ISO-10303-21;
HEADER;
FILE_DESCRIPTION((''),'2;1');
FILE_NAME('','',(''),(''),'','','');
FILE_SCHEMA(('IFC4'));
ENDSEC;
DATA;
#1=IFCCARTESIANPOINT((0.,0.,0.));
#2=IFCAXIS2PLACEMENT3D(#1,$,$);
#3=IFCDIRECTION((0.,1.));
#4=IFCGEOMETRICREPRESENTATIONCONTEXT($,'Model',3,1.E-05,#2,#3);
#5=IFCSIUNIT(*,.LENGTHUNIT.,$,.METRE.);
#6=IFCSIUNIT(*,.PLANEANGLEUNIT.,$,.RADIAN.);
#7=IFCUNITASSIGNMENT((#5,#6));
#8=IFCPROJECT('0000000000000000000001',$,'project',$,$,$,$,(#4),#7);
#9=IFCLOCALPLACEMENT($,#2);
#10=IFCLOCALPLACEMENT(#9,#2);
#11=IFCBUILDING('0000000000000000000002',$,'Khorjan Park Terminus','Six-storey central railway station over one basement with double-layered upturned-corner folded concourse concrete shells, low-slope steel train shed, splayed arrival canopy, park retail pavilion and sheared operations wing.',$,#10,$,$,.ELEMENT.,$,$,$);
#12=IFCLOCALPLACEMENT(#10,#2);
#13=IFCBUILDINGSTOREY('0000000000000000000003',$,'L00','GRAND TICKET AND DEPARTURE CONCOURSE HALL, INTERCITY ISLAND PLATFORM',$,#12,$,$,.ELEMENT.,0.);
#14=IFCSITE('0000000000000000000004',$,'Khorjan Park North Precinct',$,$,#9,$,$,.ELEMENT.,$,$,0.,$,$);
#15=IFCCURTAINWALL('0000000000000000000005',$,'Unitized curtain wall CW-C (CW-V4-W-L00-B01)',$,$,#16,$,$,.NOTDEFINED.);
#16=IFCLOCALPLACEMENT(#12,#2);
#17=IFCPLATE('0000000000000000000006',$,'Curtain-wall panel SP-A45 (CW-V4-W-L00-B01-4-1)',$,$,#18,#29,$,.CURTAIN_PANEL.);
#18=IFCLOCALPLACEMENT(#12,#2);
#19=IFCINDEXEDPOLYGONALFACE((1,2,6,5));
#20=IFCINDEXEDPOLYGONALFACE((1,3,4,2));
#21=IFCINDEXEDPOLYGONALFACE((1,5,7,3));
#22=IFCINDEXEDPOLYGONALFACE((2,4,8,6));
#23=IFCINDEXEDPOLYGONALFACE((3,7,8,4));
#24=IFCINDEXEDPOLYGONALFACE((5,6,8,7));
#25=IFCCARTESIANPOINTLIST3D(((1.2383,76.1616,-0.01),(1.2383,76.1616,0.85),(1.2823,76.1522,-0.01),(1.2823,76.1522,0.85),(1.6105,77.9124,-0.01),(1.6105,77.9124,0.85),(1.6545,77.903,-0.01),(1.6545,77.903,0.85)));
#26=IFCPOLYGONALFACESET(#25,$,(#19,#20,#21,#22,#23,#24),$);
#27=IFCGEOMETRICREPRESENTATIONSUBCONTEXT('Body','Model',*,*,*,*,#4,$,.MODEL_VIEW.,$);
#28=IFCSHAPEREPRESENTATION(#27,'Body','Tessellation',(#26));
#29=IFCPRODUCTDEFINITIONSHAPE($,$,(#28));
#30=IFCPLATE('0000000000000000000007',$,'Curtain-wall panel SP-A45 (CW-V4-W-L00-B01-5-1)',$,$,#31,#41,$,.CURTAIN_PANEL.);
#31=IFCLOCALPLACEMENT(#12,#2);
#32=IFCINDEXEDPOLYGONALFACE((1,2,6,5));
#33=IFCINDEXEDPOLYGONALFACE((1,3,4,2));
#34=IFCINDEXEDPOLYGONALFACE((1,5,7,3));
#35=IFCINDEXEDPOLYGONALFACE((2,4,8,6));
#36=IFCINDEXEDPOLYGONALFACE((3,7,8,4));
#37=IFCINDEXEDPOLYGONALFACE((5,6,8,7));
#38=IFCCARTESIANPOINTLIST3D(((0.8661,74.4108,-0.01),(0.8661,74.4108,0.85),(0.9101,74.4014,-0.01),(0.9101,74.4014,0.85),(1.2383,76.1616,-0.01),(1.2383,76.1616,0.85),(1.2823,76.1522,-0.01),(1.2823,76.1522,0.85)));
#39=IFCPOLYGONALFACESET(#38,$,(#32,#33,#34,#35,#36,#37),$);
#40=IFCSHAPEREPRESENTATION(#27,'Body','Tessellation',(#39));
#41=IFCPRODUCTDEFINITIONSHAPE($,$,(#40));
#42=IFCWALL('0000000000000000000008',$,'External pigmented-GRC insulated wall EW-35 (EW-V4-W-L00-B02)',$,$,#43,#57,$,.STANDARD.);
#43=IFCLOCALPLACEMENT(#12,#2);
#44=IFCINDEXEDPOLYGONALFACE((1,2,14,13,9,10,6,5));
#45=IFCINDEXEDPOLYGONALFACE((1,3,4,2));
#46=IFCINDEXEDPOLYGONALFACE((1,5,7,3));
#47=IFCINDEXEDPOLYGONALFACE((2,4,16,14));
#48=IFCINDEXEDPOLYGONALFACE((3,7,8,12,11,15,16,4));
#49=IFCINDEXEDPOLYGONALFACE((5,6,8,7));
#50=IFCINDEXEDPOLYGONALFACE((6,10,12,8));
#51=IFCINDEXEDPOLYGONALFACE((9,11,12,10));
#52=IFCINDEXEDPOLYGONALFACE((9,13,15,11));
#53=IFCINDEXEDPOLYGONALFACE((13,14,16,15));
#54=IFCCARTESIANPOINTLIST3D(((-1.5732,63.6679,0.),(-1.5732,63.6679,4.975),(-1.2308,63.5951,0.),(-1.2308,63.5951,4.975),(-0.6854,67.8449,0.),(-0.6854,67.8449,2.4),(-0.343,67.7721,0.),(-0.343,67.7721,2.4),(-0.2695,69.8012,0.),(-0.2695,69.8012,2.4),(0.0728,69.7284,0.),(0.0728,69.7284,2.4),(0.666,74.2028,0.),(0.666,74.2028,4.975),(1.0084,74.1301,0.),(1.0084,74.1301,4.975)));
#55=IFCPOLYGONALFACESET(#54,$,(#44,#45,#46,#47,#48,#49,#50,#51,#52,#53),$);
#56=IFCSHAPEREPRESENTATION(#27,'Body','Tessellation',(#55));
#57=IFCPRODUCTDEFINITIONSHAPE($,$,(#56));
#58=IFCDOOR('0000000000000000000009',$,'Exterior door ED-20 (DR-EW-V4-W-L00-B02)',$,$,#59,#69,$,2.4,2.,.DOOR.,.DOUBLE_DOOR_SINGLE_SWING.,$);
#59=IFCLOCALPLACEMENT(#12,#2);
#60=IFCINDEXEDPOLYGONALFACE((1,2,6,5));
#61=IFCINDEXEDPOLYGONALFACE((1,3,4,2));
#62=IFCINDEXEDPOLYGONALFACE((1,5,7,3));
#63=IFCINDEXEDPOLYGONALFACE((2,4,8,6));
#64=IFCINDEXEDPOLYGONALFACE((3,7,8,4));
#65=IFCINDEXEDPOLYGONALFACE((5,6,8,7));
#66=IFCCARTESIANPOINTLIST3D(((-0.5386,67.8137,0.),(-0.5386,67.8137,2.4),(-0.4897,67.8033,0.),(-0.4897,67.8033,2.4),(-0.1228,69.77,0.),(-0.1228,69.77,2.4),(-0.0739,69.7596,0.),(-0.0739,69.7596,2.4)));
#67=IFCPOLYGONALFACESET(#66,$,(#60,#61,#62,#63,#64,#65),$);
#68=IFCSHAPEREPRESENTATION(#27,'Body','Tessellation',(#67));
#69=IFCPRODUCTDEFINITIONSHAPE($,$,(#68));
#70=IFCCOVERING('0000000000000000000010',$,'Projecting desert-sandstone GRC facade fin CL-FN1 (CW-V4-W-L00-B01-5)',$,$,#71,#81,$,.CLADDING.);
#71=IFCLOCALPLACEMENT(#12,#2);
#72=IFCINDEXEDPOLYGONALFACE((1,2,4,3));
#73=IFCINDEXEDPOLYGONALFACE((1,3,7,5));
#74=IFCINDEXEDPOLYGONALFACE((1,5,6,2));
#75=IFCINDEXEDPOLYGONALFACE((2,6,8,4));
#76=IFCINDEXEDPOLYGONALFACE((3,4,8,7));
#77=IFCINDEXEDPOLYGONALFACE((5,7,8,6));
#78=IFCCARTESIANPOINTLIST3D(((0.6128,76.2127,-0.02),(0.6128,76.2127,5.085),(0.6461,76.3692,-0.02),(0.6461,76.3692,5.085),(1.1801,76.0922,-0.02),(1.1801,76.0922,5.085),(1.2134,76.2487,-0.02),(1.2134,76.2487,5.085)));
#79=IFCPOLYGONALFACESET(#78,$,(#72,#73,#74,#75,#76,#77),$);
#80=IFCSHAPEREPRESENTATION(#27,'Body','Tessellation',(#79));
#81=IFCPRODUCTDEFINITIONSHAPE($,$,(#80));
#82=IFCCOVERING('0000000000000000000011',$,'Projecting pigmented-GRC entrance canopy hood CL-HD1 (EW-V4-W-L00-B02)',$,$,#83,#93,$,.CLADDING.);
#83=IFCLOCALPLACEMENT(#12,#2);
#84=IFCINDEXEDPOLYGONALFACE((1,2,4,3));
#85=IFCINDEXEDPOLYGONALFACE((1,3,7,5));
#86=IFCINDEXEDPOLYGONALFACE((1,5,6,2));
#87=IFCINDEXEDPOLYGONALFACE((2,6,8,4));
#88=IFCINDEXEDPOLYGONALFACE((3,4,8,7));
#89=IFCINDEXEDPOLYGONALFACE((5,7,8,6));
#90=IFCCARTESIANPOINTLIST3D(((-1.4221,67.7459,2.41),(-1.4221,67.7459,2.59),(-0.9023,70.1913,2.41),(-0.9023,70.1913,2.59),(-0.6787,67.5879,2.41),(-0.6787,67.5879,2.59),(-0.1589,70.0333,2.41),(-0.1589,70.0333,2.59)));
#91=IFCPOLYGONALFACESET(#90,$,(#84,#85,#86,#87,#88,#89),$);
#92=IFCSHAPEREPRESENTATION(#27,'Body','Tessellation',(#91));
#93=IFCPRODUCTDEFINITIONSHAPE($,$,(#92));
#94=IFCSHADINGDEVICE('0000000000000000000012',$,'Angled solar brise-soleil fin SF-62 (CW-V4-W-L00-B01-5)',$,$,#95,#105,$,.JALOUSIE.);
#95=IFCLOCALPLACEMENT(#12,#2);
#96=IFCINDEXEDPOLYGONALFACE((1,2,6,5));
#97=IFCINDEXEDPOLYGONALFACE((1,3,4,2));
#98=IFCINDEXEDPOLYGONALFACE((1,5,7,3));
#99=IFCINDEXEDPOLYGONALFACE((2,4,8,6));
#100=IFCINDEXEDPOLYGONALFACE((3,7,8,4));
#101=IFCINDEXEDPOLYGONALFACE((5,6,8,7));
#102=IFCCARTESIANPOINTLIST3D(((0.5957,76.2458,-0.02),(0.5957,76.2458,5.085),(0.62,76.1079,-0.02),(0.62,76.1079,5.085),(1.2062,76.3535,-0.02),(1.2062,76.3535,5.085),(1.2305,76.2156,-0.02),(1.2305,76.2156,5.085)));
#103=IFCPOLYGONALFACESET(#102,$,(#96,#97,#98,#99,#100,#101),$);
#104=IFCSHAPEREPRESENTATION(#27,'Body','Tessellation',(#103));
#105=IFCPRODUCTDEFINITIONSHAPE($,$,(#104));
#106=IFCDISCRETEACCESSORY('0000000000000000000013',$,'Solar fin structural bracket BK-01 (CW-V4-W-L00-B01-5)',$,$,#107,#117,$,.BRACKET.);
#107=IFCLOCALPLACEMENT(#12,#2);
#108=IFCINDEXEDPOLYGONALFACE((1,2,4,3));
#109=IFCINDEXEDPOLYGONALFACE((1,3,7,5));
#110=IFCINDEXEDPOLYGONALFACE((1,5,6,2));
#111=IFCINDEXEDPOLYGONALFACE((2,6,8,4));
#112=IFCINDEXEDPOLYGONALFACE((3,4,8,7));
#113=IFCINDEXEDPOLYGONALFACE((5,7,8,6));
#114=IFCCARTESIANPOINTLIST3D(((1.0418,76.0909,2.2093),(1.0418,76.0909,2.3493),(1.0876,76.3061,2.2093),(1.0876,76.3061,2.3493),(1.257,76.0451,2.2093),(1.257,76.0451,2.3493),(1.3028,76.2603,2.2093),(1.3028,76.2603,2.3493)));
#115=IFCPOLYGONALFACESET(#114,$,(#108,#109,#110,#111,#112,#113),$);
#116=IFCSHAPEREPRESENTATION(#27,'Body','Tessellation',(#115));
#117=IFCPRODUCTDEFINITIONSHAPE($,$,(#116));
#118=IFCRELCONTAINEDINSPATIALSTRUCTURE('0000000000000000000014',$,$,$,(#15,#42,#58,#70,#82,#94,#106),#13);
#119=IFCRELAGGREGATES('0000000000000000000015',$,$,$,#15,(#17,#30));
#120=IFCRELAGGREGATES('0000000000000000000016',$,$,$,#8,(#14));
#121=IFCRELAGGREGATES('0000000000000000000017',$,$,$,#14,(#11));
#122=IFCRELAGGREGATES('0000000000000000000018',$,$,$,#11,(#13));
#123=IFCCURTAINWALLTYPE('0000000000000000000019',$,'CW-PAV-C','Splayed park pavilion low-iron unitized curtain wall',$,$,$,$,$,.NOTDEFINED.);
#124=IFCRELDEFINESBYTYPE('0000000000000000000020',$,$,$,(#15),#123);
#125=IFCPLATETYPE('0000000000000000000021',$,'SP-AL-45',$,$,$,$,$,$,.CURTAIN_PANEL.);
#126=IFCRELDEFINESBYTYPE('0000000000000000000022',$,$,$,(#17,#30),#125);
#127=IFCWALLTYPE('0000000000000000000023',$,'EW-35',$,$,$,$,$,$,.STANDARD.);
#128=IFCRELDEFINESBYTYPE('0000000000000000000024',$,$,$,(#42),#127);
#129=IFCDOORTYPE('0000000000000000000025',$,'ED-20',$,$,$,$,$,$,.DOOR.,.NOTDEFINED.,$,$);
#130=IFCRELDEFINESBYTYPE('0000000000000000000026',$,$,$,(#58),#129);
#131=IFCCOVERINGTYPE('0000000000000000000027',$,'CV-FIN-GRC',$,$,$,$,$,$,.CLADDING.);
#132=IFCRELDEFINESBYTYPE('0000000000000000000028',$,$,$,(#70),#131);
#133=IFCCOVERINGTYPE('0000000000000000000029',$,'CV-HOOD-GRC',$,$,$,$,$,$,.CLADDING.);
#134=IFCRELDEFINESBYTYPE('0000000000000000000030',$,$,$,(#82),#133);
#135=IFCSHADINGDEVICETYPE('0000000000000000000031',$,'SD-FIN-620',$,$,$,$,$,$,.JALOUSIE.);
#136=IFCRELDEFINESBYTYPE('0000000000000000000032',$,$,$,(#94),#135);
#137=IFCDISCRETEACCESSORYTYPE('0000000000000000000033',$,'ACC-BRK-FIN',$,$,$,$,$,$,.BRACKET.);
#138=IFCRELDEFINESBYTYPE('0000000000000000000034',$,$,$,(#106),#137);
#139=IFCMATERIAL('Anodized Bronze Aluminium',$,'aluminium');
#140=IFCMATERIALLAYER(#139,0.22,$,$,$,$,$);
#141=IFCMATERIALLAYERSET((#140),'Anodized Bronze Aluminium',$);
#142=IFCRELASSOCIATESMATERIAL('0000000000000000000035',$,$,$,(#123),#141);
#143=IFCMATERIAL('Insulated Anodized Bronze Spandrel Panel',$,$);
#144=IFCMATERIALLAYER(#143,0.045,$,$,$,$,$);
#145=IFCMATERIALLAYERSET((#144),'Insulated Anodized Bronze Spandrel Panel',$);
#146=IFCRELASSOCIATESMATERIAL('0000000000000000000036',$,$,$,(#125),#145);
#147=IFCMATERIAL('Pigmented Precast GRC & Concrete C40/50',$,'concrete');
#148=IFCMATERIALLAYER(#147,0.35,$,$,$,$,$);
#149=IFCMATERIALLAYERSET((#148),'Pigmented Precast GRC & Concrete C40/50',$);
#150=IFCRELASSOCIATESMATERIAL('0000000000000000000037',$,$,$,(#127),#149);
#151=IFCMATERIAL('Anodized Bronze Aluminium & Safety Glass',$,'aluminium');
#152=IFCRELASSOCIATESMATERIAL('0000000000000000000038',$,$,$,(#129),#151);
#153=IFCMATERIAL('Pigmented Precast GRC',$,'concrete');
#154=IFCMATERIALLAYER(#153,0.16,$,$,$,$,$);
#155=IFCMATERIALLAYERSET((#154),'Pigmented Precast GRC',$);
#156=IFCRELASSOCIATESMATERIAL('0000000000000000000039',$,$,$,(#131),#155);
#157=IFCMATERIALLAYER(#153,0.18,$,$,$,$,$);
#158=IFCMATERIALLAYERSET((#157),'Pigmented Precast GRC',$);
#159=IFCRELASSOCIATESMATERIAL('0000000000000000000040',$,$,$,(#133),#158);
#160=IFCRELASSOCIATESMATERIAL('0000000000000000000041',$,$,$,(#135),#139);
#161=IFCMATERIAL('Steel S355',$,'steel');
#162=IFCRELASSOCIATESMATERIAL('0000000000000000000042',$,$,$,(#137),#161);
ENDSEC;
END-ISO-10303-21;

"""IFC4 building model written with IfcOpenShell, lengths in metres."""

from ifc_helpers import new_model, si_unit, direction, frame, frame_2d, origin, origin_2d, place, context, subcontext, project, spatial, rectangle, extrude, material, layer, layer_set, type_object, element, fill, aggregate, save


model = new_model("IFC4")

# Units and contexts
model_context = context("Model", 3, precision=1e-05, world=origin(), true_north=direction((0.0, 1.0)))
body_context = subcontext(model_context, "Body", "Model", "MODEL_VIEW")
ifc_project = project(units=[si_unit("LENGTHUNIT", "METRE"), si_unit("PLANEANGLEUNIT", "RADIAN")], contexts=[model_context])

# Site, building, storey
site_placement = place(None, origin())
site = spatial("IfcSite", under=ifc_project, at=site_placement, Name="Khorjan Park North Precinct", CompositionType="ELEMENT", RefElevation=0.0)
building_placement = place(site_placement, origin())
building = spatial("IfcBuilding", under=site, at=building_placement, Name="Khorjan Park Terminus", Description="Six-storey central railway station over one basement with double-layered upturned-corner folded concourse concrete shells, low-slope steel train shed, splayed arrival canopy, park retail pavilion and sheared operations wing.", CompositionType="ELEMENT")
storey_placement = place(building_placement, origin())
storey = spatial("IfcBuildingStorey", under=building, at=storey_placement, Name="L00", Description="GRAND TICKET AND DEPARTURE CONCOURSE HALL, INTERCITY ISLAND PLATFORM", CompositionType="ELEMENT", Elevation=0.0)

# Shared definitions
ifc_material_1 = material(Name="Steel S355", Category="steel")

# Curtain wall, plates
ifc_material_2 = material(Name="Anodized Bronze Aluminium", Category="aluminium")
ifc_layer_1 = layer(ifc_material_2, 0.22)
ifc_layer_set_1 = layer_set([ifc_layer_1], Name="Anodized Bronze Aluminium")
curtain_wall_type = type_object("IfcCurtainWallType", Name="CW-PAV-C", Description="Splayed park pavilion low-iron unitized curtain wall", PredefinedType="NOTDEFINED", material=ifc_layer_set_1)
curtain_wall_placement = place(storey_placement, origin())
curtain_wall = element("IfcCurtainWall", 1, at=curtain_wall_placement, inside=storey, type_object=curtain_wall_type, Name="Unitized curtain wall CW-C (CW-V4-W-L00-B01)", PredefinedType="NOTDEFINED")
ifc_material_3 = material(Name="Insulated Anodized Bronze Spandrel Panel")
ifc_layer_2 = layer(ifc_material_3, 0.045)
ifc_layer_set_2 = layer_set([ifc_layer_2], Name="Insulated Anodized Bronze Spandrel Panel")
plate_type_1 = type_object("IfcPlateType", Name="SP-AL-45", PredefinedType="CURTAIN_PANEL", material=ifc_layer_set_2)
plate_1_placement = place(storey_placement, frame((1.4464, 77.0323, -0.01), z_axis=(0.0, 0.0, 1.0), x_axis=(-0.207917, -0.978147, 0.0)))
plate_1 = element("IfcPlate", 2, at=plate_1_placement, type_object=plate_type_1, Name="Curtain-wall panel SP-A45 (CW-V4-W-L00-B01-4-1)", PredefinedType="CURTAIN_PANEL", context=body_context, shape_type="SweptSolid", body=[
    extrude(rectangle(XDim=1.7899, YDim=0.045, at=origin_2d()), origin(), (0.0, 0.0, 1.0), 0.86),
])
plate_2_placement = place(storey_placement, frame((1.0742, 75.2815, -0.01), z_axis=(0.0, 0.0, 1.0), x_axis=(-0.207917, -0.978147, 0.0)))
plate_2 = element("IfcPlate", 3, at=plate_2_placement, type_object=plate_type_1, Name="Curtain-wall panel SP-A45 (CW-V4-W-L00-B01-5-1)", PredefinedType="CURTAIN_PANEL", context=body_context, shape_type="SweptSolid", body=[
    extrude(rectangle(XDim=1.7899, YDim=0.045, at=origin_2d()), origin(), (0.0, 0.0, 1.0), 0.86),
])
aggregate(curtain_wall, [plate_1, plate_2])

# Wall, opening, door
ifc_material_4 = material(Name="Pigmented Precast GRC & Concrete C40/50", Category="concrete")
ifc_layer_3 = layer(ifc_material_4, 0.35)
ifc_layer_set_3 = layer_set([ifc_layer_3], Name="Pigmented Precast GRC & Concrete C40/50")
wall_type = type_object("IfcWallType", Name="EW-35", PredefinedType="STANDARD", material=ifc_layer_set_3)
wall_placement = place(storey_placement, frame((0.8372, 74.1665, 0.0), z_axis=(0.0, 0.0, 1.0), x_axis=(-0.207904, -0.978149, 0.0)))
wall = element("IfcWall", 4, at=wall_placement, inside=storey, type_object=wall_type, Name="External pigmented-GRC insulated wall EW-35 (EW-V4-W-L00-B02)", PredefinedType="STANDARD", context=body_context, shape_type="SweptSolid", body=[
    extrude(rectangle(XDim=10.7703, YDim=0.35, at=frame_2d((5.3852, 0.0))), origin(), (0.0, 0.0, 1.0), 4.975),
])
opening_placement = place(wall_placement, frame((4.5, 0.0, 0.0)))
opening = element("IfcOpeningElement", 5, at=opening_placement, cuts=wall, PredefinedType="OPENING", context=body_context, shape_type="SweptSolid", body=[
    extrude(rectangle(XDim=2.0, YDim=2.4, at=frame_2d((1.0, 1.2))), frame((0.0, 0.185, 0.0), z_axis=(0.0, -1.0, 0.0), x_axis=(1.0, 0.0, 0.0)), (0.0, 0.0, 1.0), 0.37),
])
ifc_material_5 = material(Name="Anodized Bronze Aluminium & Safety Glass", Category="aluminium")
door_type = type_object("IfcDoorType", Name="ED-20", OperationType="NOTDEFINED", PredefinedType="DOOR", material=ifc_material_5)
door_placement = place(opening_placement, origin())
door = element("IfcDoor", 6, at=door_placement, inside=storey, type_object=door_type, Name="Exterior door ED-20 (DR-EW-V4-W-L00-B02)", OperationType="DOUBLE_DOOR_SINGLE_SWING", OverallHeight=2.4, OverallWidth=2.0, PredefinedType="DOOR", context=body_context, shape_type="SweptSolid", body=[
    extrude(rectangle(XDim=2.0, YDim=2.4, at=frame_2d((1.0, 1.2))), frame((0.0, 0.025, 0.0), z_axis=(0.0, -1.0, 0.0), x_axis=(1.0, 0.0, 0.0)), (0.0, 0.0, 1.0), 0.05),
])
fill(opening, door)

# Coverings
ifc_material_6 = material(Name="Pigmented Precast GRC", Category="concrete")
ifc_layer_4 = layer(ifc_material_6, 0.16)
ifc_layer_set_4 = layer_set([ifc_layer_4], Name="Pigmented Precast GRC")
covering_type_1 = type_object("IfcCoveringType", Name="CV-FIN-GRC", PredefinedType="CLADDING", material=ifc_layer_set_4)
covering_1_placement = place(storey_placement, frame((0.9131, 76.2307, -0.02), z_axis=(0.0, 0.0, 1.0), x_axis=(0.978148, -0.207912, 0.0)))
element("IfcCovering", 7, at=covering_1_placement, inside=storey, type_object=covering_type_1, Name="Projecting desert-sandstone GRC facade fin CL-FN1 (CW-V4-W-L00-B01-5)", PredefinedType="CLADDING", context=body_context, shape_type="SweptSolid", body=[
    extrude(rectangle(XDim=0.58, YDim=0.16, at=origin_2d()), origin(), (0.0, 0.0, 1.0), 5.105),
])
ifc_layer_5 = layer(ifc_material_6, 0.18)
ifc_layer_set_5 = layer_set([ifc_layer_5], Name="Pigmented Precast GRC")
covering_type_2 = type_object("IfcCoveringType", Name="CV-HOOD-GRC", PredefinedType="CLADDING", material=ifc_layer_set_5)
covering_2_placement = place(storey_placement, frame((-0.7905, 68.8896, 2.41), z_axis=(0.0, 0.0, 1.0), x_axis=(-0.207904, -0.978149, 0.0)))
element("IfcCovering", 8, at=covering_2_placement, inside=storey, type_object=covering_type_2, Name="Projecting pigmented-GRC entrance canopy hood CL-HD1 (EW-V4-W-L00-B02)", PredefinedType="CLADDING", context=body_context, shape_type="SweptSolid", body=[
    extrude(rectangle(XDim=2.5, YDim=0.76, at=origin_2d()), origin(), (0.0, 0.0, 1.0), 0.18),
])

# Shading device
shading_device_type = type_object("IfcShadingDeviceType", Name="SD-FIN-620", PredefinedType="JALOUSIE", material=ifc_material_2)
shading_device_placement = place(storey_placement, frame((0.9131, 76.2307, -0.02), z_axis=(0.0, 0.0, 1.0), x_axis=(0.984808, 0.173648, 0.0)))
element("IfcShadingDevice", 9, at=shading_device_placement, inside=storey, type_object=shading_device_type, Name="Angled solar brise-soleil fin SF-62 (CW-V4-W-L00-B01-5)", PredefinedType="JALOUSIE", context=body_context, shape_type="SweptSolid", body=[
    extrude(rectangle(XDim=0.62, YDim=0.14, at=origin_2d()), origin(), (0.0, 0.0, 1.0), 5.105),
])

# Discrete accessory
discrete_accessory_type = type_object("IfcDiscreteAccessoryType", Name="ACC-BRK-FIN", PredefinedType="BRACKET", material=ifc_material_1)
discrete_accessory_placement = place(storey_placement, frame((1.1723, 76.1756, 2.2093), z_axis=(0.0, 0.0, 1.0), x_axis=(-0.207917, -0.978147, 0.0)))
element("IfcDiscreteAccessory", 10, at=discrete_accessory_placement, inside=storey, type_object=discrete_accessory_type, Name="Solar fin structural bracket BK-01 (CW-V4-W-L00-B01-5)", PredefinedType="BRACKET", context=body_context, shape_type="SweptSolid", body=[
    extrude(rectangle(XDim=0.22, YDim=0.22, at=origin_2d()), origin(), (0.0, 0.0, 1.0), 0.14),
])

save(model, "model.ifc")
